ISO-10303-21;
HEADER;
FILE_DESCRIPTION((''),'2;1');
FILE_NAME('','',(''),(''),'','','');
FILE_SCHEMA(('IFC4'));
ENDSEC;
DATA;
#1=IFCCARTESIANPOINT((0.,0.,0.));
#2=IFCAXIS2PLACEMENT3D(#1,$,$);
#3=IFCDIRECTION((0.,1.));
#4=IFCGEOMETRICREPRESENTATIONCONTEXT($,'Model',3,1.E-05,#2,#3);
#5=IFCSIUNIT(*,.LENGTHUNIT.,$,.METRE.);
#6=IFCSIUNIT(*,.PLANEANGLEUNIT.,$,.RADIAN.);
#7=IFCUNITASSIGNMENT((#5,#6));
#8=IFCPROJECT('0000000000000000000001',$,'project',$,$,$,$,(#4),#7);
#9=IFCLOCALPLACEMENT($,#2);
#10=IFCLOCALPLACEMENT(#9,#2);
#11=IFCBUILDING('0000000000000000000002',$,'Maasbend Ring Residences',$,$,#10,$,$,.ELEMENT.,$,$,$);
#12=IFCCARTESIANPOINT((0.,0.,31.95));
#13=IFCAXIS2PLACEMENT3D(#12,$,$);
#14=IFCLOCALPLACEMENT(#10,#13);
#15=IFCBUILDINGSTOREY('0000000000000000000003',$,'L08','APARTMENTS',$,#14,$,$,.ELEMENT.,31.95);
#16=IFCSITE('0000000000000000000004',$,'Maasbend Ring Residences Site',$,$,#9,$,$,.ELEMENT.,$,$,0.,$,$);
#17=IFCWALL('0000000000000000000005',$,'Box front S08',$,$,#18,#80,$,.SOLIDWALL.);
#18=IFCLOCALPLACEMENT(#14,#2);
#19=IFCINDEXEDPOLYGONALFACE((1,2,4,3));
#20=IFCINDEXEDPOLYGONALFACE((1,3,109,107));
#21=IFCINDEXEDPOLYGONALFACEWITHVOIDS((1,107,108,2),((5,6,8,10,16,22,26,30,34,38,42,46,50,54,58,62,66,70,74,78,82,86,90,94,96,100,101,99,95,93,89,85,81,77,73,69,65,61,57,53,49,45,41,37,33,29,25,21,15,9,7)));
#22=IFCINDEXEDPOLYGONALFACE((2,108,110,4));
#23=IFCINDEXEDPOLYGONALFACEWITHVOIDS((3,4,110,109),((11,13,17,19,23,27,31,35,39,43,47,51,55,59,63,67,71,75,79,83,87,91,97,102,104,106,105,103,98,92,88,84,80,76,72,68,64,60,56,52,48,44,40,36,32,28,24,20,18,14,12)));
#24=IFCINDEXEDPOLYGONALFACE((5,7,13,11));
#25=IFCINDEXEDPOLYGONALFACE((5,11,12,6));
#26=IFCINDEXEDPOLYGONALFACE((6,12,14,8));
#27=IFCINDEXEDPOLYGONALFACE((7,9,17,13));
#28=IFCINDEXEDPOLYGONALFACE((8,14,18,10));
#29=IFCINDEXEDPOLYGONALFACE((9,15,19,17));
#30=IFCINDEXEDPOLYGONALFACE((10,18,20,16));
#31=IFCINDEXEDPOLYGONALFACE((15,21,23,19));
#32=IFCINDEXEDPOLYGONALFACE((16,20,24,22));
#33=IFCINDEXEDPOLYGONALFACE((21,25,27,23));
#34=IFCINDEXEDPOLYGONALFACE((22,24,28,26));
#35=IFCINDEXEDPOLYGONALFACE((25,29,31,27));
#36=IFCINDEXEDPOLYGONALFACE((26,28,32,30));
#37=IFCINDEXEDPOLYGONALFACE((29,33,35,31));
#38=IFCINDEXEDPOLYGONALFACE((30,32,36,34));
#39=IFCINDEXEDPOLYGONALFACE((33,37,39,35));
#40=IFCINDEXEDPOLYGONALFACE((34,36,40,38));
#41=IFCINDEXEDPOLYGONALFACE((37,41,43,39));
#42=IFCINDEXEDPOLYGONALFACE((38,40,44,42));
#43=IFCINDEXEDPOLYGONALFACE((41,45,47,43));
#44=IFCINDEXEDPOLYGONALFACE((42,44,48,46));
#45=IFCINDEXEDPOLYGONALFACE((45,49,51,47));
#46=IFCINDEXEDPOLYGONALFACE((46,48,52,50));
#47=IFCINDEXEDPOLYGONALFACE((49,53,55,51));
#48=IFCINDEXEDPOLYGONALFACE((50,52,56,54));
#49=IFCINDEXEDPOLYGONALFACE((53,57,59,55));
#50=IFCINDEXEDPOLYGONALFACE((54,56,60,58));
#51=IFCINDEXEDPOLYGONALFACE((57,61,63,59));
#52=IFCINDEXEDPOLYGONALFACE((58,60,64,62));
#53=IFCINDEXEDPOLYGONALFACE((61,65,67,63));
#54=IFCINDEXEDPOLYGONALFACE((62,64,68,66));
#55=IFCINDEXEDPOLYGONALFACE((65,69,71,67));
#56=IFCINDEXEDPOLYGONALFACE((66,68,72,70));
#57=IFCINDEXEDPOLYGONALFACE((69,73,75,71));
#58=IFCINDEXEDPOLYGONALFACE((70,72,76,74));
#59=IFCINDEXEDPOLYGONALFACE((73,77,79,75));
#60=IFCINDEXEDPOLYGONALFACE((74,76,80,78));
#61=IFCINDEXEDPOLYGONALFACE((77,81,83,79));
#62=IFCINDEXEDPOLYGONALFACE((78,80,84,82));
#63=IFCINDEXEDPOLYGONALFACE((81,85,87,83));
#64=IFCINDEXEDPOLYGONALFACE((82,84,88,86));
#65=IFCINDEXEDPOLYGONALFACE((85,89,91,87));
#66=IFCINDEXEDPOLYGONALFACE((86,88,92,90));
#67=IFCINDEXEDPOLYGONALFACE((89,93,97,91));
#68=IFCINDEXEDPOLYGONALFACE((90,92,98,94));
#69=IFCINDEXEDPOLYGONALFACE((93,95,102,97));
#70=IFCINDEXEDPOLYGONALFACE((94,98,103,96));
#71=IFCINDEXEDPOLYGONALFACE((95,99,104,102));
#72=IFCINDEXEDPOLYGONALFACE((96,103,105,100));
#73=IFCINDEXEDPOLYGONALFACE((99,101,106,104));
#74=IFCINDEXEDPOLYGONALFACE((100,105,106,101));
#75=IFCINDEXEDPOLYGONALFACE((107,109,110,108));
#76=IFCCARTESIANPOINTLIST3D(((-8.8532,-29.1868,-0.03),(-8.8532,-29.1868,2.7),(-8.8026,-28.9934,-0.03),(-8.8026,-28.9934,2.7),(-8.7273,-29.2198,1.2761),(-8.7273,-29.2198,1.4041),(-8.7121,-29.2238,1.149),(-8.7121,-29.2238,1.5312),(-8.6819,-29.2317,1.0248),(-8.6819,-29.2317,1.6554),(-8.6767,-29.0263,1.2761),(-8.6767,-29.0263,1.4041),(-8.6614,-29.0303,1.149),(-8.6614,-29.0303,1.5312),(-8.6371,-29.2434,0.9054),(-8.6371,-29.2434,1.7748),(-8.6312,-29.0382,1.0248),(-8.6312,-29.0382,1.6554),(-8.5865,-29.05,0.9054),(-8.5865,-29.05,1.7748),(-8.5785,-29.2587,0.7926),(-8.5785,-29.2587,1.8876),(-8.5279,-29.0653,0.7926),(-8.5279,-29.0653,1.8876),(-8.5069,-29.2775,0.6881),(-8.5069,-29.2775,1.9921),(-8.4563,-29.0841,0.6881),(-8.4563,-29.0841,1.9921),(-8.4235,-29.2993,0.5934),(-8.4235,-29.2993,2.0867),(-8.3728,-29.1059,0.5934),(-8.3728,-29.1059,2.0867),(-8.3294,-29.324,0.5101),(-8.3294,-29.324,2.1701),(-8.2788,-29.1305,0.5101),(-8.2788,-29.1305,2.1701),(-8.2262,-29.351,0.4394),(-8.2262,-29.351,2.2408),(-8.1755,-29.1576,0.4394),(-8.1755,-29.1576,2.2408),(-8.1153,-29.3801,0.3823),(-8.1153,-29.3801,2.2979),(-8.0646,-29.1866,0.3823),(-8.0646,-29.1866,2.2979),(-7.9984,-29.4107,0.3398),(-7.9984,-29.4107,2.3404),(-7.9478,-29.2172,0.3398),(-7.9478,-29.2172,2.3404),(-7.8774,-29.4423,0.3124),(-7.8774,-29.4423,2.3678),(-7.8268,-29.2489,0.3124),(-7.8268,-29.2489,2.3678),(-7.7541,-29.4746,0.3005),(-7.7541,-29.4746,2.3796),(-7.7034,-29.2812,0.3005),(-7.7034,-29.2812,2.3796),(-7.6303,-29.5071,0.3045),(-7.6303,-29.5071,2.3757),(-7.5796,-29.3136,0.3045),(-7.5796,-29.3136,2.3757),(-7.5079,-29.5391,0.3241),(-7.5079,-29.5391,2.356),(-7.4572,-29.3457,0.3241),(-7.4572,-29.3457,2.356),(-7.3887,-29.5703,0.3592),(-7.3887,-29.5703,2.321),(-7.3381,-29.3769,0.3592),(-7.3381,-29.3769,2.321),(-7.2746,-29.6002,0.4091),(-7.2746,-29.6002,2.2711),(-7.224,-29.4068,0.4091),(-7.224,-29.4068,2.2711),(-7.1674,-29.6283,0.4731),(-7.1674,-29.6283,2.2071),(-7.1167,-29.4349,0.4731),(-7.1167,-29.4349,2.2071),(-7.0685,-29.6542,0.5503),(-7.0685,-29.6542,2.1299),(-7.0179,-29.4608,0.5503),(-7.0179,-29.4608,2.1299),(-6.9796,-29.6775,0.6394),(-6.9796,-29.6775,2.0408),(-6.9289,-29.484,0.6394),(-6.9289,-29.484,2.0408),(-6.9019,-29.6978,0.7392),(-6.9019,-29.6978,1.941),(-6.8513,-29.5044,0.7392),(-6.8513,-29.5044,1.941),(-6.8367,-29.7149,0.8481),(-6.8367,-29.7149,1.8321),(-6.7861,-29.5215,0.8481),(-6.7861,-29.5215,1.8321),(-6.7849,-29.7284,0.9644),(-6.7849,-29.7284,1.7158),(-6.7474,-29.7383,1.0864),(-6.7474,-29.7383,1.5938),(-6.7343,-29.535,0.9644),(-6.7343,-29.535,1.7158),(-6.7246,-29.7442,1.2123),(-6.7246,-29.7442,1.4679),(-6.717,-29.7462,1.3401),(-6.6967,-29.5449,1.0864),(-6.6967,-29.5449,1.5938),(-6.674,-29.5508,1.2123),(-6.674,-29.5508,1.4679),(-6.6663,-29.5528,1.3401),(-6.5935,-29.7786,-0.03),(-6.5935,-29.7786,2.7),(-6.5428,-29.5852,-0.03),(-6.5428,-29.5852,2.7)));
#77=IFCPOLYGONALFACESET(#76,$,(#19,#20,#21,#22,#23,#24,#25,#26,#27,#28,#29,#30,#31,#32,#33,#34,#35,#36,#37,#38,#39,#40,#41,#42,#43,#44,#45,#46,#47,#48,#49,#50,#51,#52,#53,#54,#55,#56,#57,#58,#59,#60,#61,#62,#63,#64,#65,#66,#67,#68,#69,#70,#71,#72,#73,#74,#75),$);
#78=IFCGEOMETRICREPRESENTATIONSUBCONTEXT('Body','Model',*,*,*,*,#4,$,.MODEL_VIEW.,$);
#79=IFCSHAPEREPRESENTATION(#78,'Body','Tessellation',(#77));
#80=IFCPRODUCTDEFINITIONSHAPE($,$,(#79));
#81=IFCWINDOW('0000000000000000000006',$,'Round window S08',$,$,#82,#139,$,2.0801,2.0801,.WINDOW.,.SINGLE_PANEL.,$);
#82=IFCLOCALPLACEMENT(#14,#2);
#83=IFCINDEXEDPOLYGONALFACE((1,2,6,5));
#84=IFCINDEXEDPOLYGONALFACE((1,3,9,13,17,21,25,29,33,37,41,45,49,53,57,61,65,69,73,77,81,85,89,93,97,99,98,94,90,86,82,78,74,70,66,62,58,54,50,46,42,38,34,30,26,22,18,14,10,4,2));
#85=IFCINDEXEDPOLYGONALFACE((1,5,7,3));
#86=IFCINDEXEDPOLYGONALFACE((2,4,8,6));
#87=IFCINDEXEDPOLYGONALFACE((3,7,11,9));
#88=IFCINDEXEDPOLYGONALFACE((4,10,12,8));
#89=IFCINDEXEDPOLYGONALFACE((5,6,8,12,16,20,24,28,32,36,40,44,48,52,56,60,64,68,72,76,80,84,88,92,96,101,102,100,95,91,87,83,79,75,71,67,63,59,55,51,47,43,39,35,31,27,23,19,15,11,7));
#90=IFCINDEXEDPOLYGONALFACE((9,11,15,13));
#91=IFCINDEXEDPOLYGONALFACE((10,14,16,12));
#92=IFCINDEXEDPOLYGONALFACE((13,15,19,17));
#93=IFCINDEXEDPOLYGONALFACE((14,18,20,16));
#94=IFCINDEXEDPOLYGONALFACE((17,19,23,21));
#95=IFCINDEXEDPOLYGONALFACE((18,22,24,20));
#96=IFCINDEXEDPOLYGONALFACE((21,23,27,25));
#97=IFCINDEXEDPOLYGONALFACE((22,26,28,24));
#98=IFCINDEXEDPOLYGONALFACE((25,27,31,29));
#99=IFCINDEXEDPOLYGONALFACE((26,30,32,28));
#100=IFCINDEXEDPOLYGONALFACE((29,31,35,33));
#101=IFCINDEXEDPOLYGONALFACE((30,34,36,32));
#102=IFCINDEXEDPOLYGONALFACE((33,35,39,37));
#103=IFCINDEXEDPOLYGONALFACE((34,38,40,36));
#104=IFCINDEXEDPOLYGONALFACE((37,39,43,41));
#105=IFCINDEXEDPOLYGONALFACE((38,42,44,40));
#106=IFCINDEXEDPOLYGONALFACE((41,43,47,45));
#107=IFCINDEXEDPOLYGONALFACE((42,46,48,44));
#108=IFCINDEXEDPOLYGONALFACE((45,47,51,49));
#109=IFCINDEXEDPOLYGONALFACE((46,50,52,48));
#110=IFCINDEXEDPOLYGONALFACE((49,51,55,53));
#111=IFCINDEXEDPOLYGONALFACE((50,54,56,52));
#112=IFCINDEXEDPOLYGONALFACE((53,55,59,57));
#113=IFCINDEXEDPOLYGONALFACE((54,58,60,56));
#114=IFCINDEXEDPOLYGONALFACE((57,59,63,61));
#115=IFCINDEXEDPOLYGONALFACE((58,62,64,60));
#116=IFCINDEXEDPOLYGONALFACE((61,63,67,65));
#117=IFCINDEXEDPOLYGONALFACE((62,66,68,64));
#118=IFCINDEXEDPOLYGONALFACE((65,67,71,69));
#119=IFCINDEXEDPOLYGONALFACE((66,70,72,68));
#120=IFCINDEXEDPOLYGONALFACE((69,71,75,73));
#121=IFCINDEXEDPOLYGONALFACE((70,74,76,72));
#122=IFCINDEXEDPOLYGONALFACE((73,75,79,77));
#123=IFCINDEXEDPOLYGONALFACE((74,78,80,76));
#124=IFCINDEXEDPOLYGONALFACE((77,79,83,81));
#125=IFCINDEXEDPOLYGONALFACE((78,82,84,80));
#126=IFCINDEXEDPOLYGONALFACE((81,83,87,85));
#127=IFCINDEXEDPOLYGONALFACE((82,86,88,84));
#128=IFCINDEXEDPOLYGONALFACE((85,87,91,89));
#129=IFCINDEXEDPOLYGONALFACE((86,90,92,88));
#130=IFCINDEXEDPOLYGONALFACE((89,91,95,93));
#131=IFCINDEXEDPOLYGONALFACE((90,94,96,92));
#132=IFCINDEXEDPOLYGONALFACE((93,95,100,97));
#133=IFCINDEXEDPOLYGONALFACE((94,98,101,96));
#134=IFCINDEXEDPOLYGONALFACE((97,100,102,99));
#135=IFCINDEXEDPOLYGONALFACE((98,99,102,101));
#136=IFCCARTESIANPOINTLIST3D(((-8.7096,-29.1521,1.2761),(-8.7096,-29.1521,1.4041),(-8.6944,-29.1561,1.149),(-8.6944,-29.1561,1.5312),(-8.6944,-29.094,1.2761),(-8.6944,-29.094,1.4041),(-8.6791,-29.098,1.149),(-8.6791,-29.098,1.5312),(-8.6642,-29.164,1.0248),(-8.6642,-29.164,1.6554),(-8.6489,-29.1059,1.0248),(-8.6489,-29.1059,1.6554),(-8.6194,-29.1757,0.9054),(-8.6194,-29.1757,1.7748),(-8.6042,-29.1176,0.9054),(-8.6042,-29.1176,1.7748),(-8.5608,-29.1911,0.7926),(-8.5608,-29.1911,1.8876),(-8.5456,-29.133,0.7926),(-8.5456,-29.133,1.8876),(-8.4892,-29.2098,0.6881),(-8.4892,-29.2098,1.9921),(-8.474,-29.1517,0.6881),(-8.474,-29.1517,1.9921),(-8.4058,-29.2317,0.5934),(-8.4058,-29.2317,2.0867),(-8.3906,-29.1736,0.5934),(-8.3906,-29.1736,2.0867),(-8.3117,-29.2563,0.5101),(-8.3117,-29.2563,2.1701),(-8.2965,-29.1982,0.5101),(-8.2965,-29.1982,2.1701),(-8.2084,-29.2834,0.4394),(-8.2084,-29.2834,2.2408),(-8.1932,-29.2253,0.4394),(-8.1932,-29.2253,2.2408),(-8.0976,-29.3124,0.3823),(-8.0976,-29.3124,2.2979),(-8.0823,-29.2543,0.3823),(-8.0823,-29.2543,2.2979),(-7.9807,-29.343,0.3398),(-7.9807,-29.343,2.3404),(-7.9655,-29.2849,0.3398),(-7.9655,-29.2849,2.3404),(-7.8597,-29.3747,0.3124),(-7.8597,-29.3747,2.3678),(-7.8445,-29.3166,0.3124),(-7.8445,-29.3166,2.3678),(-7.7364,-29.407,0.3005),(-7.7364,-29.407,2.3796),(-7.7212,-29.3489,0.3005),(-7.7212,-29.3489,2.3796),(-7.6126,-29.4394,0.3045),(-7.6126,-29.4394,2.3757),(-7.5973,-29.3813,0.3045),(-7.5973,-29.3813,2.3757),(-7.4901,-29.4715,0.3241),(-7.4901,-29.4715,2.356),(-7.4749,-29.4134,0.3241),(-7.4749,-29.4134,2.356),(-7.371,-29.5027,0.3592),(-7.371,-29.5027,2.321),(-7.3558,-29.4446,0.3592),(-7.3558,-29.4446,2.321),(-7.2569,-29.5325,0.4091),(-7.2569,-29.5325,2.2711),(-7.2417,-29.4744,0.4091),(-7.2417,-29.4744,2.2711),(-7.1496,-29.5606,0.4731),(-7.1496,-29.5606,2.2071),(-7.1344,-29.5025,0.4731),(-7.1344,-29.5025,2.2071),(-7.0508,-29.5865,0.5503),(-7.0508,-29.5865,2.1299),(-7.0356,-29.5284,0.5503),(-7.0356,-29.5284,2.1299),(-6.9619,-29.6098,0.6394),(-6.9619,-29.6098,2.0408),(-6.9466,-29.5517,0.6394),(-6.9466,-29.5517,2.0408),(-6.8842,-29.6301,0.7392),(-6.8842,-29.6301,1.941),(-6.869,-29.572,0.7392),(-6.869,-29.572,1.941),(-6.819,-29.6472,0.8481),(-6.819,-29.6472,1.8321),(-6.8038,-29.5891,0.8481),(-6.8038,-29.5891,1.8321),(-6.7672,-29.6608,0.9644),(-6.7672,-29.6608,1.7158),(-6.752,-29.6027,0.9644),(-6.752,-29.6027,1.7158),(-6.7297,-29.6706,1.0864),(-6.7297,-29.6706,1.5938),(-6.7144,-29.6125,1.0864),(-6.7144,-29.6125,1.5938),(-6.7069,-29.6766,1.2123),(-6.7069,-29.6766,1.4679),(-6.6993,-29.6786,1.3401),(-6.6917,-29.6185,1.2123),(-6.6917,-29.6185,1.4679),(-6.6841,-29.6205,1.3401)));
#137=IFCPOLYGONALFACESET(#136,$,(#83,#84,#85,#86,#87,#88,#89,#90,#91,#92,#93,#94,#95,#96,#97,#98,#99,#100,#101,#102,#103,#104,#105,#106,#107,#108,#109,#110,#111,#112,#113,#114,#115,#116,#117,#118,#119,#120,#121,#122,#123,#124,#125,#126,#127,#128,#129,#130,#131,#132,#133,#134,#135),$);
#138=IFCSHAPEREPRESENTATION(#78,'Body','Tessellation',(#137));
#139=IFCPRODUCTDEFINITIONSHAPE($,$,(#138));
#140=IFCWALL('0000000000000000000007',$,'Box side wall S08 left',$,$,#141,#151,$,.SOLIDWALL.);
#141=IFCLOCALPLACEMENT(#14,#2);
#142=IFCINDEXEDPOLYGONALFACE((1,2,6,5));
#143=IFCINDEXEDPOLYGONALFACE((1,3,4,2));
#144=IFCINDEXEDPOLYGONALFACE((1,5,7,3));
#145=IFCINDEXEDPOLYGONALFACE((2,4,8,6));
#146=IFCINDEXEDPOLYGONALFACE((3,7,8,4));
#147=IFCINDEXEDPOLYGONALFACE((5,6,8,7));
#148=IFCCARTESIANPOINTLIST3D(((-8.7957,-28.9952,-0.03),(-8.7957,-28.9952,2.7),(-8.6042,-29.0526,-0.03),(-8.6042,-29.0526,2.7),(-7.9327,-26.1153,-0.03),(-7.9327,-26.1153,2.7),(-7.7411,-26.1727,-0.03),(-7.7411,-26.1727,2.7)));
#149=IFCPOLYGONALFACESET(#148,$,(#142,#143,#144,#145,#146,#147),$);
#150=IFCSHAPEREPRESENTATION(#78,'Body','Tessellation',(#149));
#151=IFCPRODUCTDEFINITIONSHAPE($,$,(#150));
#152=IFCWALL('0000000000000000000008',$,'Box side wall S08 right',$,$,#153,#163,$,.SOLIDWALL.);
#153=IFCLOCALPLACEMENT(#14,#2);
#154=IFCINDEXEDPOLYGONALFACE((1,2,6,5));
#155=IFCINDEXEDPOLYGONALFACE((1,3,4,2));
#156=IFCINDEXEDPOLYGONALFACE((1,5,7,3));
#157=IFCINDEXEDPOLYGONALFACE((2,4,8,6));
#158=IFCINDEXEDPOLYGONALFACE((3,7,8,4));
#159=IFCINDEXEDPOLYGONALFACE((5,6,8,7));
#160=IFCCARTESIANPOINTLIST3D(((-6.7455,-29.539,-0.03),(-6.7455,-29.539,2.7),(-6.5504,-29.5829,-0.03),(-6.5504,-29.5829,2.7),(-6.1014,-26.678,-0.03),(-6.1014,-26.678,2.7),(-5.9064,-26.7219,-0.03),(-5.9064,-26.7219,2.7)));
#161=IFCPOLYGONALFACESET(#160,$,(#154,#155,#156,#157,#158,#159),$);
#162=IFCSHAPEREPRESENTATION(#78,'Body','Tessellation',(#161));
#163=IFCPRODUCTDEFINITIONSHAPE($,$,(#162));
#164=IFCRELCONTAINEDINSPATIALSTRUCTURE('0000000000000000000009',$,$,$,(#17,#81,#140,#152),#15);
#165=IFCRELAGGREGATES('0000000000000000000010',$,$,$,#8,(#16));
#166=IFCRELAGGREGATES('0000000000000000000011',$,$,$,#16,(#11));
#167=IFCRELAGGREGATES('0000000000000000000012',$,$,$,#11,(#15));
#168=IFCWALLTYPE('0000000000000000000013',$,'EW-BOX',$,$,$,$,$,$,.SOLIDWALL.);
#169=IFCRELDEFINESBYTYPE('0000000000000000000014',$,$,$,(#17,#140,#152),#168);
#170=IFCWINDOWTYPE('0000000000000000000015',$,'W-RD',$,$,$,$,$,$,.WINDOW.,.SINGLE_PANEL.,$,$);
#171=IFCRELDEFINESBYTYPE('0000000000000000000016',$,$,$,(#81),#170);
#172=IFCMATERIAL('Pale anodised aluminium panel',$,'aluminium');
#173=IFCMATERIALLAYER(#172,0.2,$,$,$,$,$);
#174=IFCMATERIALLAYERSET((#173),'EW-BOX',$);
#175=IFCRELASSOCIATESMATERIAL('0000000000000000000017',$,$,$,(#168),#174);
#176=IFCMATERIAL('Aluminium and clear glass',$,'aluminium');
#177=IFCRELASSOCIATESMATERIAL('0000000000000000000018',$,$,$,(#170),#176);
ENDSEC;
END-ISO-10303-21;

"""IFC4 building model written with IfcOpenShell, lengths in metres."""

from ifc_helpers import new_model, si_unit, direction, frame, frame_2d, origin, place, context, subcontext, project, spatial, rectangle, circle, extrude, material, layer, layer_set, type_object, element, fill, save


model = new_model("IFC4")

# Units and contexts
model_context = context("Model", 3, precision=1e-05, world=origin(), true_north=direction((0.0, 1.0)))
body_context = subcontext(model_context, "Body", "Model", "MODEL_VIEW")
ifc_project = project(units=[si_unit("LENGTHUNIT", "METRE"), si_unit("PLANEANGLEUNIT", "RADIAN")], contexts=[model_context])

# Site, building, storey
site_placement = place(None, origin())
site = spatial("IfcSite", under=ifc_project, at=site_placement, Name="Maasbend Ring Residences Site", CompositionType="ELEMENT", RefElevation=0.0)
building_placement = place(site_placement, origin())
building = spatial("IfcBuilding", under=site, at=building_placement, Name="Maasbend Ring Residences", CompositionType="ELEMENT")
storey_placement = place(building_placement, frame((0.0, 0.0, 31.95)))
storey = spatial("IfcBuildingStorey", under=building, at=storey_placement, Name="L08", Description="APARTMENTS", CompositionType="ELEMENT", Elevation=31.95)

# Wall, opening, window
ifc_material_1 = material(Name="Pale anodised aluminium panel", Category="aluminium")
ifc_layer_1 = layer(ifc_material_1, 0.2)
ifc_layer_set_1 = layer_set([ifc_layer_1], Name="EW-BOX")
wall_type_1 = type_object("IfcWallType", Name="EW-BOX", PredefinedType="SOLIDWALL", material=ifc_layer_set_1)
wall_1_placement = place(storey_placement, frame((-8.8279, -29.0901, -0.03), z_axis=(0.0, 0.0, 1.0), x_axis=(0.967377, -0.253341, 0.0)))
wall_1 = element("IfcWall", 1, at=wall_1_placement, inside=storey, type_object=wall_type_1, Name="Box front S08", PredefinedType="SOLIDWALL", context=body_context, shape_type="SweptSolid", body=[
    extrude(rectangle(XDim=2.3359, YDim=0.2, at=frame_2d((1.168, 0.0))), origin(), (0.0, 0.0, 1.0), 2.73),
])
opening_1_placement = place(wall_1_placement, frame((0.1282, 0.0, 0.3301)))
opening_1 = element("IfcOpeningElement", 2, at=opening_1_placement, cuts=wall_1, PredefinedType="OPENING", context=body_context, shape_type="SweptSolid", body=[
    extrude(circle(Radius=1.04, at=frame_2d((1.04, 1.04))), frame((0.0, 0.1099, 0.0), z_axis=(0.0, -1.0, 0.0), x_axis=(1.0, 0.0, 0.0)), (0.0, 0.0, 1.0), 0.22),
])
ifc_material_2 = material(Name="Aluminium and clear glass", Category="aluminium")
window_type_1 = type_object("IfcWindowType", Name="W-RD", PartitioningType="SINGLE_PANEL", PredefinedType="WINDOW", material=ifc_material_2)
window_1_placement = place(opening_1_placement, origin())
window_1 = element("IfcWindow", 3, at=window_1_placement, inside=storey, type_object=window_type_1, Name="Round window S08", OverallHeight=2.0801, OverallWidth=2.0801, PartitioningType="SINGLE_PANEL", PredefinedType="WINDOW", context=body_context, shape_type="SweptSolid", body=[
    extrude(circle(Radius=1.04, at=frame_2d((1.04, 1.04))), frame((0.0, 0.03, 0.0), z_axis=(0.0, -1.0, 0.0), x_axis=(1.0, 0.0, 0.0)), (0.0, 0.0, 1.0), 0.0601),
])
fill(opening_1, window_1)

# Walls
wall_2_placement = place(storey_placement, frame((-7.8369, -26.144, -0.03), z_axis=(0.0, 0.0, 1.0), x_axis=(-0.287065, -0.957911, 0.0)))
element("IfcWall", 4, at=wall_2_placement, inside=storey, type_object=wall_type_1, Name="Box side wall S08 left", PredefinedType="SOLIDWALL", context=body_context, shape_type="SweptSolid", body=[
    extrude(rectangle(XDim=3.0063, YDim=0.2, at=frame_2d((1.5032, 0.0))), origin(), (0.0, 0.0, 1.0), 2.73),
])
wall_3_placement = place(storey_placement, frame((-6.0039, -26.7, -0.03), z_axis=(0.0, 0.0, 1.0), x_axis=(-0.219609, -0.975588, 0.0)))
element("IfcWall", 5, at=wall_3_placement, inside=storey, type_object=wall_type_1, Name="Box side wall S08 right", PredefinedType="SOLIDWALL", context=body_context, shape_type="SweptSolid", body=[
    extrude(rectangle(XDim=2.9326, YDim=0.2, at=frame_2d((1.4663, 0.0))), origin(), (0.0, 0.0, 1.0), 2.73),
])

save(model, "model.ifc")
